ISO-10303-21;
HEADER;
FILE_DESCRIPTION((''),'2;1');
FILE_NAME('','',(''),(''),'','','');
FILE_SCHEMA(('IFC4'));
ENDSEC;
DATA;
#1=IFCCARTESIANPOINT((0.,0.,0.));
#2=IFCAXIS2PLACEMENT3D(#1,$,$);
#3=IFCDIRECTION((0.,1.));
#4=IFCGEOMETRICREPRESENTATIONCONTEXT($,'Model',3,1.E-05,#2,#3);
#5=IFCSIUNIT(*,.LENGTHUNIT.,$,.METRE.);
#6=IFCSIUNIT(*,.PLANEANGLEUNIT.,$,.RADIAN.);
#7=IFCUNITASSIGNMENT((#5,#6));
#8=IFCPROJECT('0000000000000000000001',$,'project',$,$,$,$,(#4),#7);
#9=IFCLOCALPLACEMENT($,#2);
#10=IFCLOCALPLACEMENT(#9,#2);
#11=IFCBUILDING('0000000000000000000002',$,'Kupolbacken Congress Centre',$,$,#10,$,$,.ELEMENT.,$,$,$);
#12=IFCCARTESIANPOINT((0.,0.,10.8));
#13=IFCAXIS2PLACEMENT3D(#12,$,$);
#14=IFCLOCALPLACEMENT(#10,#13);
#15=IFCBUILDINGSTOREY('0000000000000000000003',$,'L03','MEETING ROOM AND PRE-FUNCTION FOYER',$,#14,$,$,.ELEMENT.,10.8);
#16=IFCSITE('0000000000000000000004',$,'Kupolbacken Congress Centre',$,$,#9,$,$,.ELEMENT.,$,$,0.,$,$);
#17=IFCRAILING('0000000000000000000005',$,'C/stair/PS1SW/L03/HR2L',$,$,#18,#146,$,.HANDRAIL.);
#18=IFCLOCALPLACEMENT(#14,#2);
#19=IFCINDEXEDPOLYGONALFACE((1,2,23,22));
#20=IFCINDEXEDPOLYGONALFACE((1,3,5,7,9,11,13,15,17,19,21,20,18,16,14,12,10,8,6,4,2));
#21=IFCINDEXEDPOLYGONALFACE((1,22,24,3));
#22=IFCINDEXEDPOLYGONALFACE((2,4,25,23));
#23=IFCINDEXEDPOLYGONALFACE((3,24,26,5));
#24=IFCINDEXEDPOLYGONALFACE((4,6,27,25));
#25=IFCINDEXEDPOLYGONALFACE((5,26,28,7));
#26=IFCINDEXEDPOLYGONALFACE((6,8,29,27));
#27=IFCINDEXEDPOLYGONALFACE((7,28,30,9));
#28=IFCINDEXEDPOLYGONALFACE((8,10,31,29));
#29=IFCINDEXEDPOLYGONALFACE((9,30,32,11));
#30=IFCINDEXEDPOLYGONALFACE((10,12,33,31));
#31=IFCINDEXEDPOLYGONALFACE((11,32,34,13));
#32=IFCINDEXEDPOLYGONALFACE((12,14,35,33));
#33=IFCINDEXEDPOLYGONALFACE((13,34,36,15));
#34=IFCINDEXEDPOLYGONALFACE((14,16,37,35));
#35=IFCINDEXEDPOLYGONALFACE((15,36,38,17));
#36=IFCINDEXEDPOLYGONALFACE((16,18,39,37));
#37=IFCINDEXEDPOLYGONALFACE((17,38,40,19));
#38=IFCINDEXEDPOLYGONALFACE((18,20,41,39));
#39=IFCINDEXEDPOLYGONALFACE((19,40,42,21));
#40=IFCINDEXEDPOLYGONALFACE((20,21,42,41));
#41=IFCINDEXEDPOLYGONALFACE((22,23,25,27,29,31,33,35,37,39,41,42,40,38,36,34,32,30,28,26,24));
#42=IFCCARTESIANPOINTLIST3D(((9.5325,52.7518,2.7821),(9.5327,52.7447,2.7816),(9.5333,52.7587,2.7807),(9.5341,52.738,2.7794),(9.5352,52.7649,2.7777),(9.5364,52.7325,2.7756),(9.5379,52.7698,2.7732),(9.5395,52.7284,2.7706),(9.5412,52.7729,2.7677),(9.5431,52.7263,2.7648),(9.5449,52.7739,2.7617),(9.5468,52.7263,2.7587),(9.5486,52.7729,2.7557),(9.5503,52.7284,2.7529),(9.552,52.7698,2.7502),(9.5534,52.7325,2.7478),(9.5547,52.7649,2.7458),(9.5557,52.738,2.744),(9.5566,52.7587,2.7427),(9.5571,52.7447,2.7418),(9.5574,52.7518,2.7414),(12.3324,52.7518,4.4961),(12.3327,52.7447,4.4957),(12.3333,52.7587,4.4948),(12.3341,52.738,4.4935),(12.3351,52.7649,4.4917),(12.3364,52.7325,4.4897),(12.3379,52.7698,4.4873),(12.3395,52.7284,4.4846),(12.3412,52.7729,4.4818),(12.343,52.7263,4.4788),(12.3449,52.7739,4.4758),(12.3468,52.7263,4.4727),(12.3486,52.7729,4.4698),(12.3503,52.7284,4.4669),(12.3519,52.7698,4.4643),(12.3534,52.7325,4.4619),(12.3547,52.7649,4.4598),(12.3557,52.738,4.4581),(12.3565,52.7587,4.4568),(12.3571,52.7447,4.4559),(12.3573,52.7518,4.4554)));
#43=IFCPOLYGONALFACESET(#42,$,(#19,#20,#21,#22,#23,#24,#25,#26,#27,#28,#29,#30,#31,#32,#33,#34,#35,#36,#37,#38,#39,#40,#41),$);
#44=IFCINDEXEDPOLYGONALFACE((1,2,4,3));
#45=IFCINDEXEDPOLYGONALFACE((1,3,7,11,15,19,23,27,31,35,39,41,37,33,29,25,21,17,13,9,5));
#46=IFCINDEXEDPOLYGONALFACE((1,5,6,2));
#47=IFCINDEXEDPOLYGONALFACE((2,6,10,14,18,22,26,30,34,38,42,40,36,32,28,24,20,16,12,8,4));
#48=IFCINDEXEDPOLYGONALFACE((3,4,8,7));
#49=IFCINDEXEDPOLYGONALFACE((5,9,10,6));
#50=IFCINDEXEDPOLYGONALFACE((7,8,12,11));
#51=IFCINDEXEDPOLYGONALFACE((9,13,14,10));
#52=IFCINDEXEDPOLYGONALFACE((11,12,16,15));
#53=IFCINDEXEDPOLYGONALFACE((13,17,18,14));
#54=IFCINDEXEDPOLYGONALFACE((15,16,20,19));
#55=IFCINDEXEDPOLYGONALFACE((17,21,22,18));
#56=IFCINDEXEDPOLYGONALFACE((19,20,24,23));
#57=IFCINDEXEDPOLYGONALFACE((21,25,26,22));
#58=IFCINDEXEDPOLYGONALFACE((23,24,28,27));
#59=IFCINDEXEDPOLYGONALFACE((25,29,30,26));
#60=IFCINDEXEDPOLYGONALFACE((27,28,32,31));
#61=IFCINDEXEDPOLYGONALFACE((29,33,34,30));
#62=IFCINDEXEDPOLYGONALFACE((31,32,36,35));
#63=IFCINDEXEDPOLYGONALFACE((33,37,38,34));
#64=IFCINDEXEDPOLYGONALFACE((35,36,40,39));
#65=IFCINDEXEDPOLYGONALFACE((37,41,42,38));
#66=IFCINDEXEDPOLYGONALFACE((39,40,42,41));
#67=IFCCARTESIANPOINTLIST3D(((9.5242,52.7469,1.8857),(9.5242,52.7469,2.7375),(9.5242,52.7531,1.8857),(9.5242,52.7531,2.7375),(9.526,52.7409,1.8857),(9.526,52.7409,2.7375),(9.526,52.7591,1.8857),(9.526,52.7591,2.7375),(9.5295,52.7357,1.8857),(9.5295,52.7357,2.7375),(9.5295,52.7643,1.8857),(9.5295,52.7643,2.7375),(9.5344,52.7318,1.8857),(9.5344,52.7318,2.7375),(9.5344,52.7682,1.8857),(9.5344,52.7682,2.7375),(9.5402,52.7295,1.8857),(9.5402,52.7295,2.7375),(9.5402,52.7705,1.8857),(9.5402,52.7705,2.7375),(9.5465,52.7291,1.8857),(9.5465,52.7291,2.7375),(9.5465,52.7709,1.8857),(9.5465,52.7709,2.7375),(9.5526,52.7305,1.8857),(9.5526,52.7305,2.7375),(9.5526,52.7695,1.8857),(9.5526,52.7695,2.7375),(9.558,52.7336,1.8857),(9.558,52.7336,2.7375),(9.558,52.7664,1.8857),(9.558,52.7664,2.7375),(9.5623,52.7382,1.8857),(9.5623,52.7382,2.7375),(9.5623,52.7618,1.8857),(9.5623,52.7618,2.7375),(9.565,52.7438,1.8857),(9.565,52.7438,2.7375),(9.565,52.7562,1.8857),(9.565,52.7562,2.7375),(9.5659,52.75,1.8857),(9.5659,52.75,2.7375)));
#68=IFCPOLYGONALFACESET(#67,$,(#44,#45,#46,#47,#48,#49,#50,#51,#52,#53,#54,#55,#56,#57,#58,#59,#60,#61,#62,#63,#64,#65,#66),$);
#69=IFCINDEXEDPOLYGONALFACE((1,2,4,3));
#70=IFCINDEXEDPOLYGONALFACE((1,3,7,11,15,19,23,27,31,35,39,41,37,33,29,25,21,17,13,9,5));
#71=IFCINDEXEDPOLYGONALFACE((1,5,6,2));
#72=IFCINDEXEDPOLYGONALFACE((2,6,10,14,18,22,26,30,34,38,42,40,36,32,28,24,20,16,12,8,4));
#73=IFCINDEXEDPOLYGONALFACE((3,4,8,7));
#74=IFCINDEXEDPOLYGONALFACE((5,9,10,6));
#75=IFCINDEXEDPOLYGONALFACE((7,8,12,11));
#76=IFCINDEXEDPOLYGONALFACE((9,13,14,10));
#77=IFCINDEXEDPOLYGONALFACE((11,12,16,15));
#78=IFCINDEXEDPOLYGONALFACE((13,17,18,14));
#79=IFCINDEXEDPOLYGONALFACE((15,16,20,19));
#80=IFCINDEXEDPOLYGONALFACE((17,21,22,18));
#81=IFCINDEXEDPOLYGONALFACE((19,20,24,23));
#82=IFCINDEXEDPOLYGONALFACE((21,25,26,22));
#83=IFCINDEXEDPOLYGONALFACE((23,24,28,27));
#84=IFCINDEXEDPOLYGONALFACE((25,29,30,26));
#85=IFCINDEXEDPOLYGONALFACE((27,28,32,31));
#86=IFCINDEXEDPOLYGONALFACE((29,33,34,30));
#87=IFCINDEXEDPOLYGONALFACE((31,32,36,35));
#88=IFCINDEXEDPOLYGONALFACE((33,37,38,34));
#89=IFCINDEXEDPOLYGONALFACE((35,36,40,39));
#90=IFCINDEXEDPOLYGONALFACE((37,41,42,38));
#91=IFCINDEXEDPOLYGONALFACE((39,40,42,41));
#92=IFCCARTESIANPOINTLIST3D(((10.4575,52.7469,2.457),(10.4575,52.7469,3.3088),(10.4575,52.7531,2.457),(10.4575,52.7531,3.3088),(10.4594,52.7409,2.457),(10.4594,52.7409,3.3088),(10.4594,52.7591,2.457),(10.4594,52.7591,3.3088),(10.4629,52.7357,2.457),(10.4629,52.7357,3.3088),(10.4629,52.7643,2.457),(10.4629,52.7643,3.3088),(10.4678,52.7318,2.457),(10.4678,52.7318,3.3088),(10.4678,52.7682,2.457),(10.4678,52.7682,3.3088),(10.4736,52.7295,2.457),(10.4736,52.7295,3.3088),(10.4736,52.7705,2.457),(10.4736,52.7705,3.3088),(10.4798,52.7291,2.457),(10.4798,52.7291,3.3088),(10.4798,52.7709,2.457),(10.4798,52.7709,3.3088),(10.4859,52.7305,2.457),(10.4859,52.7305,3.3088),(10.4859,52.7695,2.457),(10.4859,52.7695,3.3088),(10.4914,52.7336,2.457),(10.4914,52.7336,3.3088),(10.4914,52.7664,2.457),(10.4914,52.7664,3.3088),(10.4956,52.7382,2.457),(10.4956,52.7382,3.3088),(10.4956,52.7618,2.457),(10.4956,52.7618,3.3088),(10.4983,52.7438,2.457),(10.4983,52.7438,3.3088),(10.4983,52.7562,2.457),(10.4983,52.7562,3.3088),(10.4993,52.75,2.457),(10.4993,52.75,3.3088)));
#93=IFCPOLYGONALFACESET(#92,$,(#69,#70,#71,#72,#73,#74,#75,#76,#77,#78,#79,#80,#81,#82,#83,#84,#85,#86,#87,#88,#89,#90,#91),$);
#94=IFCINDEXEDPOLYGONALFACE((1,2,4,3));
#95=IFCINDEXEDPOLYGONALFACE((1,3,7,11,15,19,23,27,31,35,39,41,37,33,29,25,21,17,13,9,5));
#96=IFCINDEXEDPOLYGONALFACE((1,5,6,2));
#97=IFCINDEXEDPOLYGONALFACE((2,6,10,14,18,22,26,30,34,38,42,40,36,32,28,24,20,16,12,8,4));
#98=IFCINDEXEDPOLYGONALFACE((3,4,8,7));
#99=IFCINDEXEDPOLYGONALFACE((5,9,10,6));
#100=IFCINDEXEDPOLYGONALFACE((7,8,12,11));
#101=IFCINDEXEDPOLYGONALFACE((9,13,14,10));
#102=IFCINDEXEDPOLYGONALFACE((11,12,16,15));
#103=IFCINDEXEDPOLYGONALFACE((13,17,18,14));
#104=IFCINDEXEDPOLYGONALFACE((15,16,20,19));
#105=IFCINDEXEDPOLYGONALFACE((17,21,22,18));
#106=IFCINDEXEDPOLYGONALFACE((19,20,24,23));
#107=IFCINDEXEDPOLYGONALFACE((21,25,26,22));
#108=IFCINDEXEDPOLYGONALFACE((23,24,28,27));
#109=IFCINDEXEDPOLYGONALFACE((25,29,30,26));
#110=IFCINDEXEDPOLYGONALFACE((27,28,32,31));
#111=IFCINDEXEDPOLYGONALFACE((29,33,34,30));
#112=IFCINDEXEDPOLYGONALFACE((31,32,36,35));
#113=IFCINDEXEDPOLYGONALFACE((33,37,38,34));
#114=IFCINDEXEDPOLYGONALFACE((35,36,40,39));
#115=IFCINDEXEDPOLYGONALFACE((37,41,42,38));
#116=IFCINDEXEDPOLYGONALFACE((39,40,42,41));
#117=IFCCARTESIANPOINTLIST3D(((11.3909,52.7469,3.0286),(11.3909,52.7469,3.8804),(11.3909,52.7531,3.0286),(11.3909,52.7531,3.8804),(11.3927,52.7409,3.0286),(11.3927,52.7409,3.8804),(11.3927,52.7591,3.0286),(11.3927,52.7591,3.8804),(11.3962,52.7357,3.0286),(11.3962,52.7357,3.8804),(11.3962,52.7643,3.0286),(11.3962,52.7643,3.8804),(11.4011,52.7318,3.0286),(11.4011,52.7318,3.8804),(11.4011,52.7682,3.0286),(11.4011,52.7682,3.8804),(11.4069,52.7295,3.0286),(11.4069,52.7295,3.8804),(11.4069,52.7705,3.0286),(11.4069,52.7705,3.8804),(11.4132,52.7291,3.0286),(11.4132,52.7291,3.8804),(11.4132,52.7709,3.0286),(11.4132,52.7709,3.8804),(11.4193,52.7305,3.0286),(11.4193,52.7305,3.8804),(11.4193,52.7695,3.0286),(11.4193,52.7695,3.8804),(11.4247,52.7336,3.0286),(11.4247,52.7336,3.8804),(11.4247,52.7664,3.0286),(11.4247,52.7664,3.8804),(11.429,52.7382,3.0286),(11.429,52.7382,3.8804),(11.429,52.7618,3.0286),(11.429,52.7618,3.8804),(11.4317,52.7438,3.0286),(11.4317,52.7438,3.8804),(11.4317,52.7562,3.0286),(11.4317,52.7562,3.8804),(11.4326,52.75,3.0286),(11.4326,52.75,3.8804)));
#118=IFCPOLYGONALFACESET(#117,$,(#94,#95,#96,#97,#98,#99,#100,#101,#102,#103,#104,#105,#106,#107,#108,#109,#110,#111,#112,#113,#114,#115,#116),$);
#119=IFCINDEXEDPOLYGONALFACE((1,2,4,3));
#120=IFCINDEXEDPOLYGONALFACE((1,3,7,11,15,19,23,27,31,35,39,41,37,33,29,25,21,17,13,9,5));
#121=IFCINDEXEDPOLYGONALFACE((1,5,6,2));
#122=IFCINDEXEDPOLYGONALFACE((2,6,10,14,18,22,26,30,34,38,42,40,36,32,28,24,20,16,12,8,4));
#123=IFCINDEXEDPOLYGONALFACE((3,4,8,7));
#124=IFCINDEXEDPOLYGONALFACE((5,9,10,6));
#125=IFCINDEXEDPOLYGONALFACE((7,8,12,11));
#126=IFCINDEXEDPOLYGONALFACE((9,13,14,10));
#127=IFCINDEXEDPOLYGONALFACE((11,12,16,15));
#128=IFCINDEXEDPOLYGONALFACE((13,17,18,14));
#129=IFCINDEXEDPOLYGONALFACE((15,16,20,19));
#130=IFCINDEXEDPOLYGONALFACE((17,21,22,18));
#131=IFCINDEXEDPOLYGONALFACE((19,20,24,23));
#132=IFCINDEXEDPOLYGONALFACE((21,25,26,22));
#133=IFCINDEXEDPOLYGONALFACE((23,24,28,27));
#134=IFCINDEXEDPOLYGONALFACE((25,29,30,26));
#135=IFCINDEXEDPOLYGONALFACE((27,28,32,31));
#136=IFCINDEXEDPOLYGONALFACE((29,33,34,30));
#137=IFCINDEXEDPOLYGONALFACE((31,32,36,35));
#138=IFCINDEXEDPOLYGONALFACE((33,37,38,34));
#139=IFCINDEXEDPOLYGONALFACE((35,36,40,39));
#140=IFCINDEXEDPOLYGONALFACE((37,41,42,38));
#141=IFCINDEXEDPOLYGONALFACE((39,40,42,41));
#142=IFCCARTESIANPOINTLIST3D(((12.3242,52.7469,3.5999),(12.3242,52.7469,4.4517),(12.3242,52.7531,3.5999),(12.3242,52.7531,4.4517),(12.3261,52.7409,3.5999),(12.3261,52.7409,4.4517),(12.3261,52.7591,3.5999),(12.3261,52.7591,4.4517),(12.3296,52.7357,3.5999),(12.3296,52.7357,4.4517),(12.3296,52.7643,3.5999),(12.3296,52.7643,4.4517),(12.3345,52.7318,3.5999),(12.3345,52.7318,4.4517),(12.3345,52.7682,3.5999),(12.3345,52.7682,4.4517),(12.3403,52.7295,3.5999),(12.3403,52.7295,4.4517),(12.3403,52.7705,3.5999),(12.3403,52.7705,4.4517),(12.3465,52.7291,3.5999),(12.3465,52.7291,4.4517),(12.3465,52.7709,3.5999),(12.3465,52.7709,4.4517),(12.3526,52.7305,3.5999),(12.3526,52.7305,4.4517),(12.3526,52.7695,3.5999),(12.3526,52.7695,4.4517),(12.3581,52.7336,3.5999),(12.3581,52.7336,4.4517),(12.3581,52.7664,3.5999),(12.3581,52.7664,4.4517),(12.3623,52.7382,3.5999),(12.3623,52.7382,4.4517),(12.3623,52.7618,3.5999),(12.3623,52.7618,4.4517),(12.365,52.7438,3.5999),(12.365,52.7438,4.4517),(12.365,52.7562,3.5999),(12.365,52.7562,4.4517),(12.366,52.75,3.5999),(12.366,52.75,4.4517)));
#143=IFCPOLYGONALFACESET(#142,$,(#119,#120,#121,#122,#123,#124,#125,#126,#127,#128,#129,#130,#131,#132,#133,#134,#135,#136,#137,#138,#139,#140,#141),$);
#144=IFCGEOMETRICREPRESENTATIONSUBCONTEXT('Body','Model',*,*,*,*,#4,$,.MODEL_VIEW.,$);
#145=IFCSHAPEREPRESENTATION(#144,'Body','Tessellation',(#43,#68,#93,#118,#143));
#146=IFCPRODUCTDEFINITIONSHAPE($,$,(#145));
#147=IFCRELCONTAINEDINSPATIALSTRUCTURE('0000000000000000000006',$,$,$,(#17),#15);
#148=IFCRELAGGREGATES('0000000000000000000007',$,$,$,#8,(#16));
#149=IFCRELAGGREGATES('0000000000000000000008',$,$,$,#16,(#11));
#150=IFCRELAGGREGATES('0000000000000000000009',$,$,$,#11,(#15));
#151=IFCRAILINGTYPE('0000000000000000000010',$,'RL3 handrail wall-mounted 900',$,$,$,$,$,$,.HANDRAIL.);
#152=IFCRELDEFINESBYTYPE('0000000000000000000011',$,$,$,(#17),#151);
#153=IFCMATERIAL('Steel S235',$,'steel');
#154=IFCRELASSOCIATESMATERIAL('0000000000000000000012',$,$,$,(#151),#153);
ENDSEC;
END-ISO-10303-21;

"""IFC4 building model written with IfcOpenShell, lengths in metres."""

from ifc_helpers import new_model, si_unit, direction, frame, origin, origin_2d, place, context, subcontext, project, spatial, circle, extrude, material, type_object, element, save


model = new_model("IFC4")

# Units and contexts
model_context = context("Model", 3, precision=1e-05, world=origin(), true_north=direction((0.0, 1.0)))
body_context = subcontext(model_context, "Body", "Model", "MODEL_VIEW")
ifc_project = project(units=[si_unit("LENGTHUNIT", "METRE"), si_unit("PLANEANGLEUNIT", "RADIAN")], contexts=[model_context])

# Site, building, storey
site_placement = place(None, origin())
site = spatial("IfcSite", under=ifc_project, at=site_placement, Name="Kupolbacken Congress Centre", CompositionType="ELEMENT", RefElevation=0.0)
building_placement = place(site_placement, origin())
building = spatial("IfcBuilding", under=site, at=building_placement, Name="Kupolbacken Congress Centre", CompositionType="ELEMENT")
storey_placement = place(building_placement, frame((0.0, 0.0, 10.8)))
storey = spatial("IfcBuildingStorey", under=building, at=storey_placement, Name="L03", Description="MEETING ROOM AND PRE-FUNCTION FOYER", CompositionType="ELEMENT", Elevation=10.8)

# Railing
ifc_material_1 = material(Name="Steel S235", Category="steel")
railing_type = type_object("IfcRailingType", Name="RL3 handrail wall-mounted 900", PredefinedType="HANDRAIL", material=ifc_material_1)
for number, where, name in (
    (1, (9.5449, 52.75, 1.8857), "C/stair/PS1SW/L03/HR2L"),
):
    element("IfcRailing", number, at=place(storey_placement, frame(where)), inside=storey, type_object=railing_type, Name=name, PredefinedType="HANDRAIL", context=body_context, shape_type="SweptSolid", body=[
        extrude(circle(Radius=0.0239, at=origin_2d()), frame((0.0, 0.0, 0.876), z_axis=(0.852879, 0.0, 0.522109), x_axis=(0.0, 1.0, 0.0)), (0.0, 0.0, 1.0), 3.283),
        extrude(circle(Radius=0.021, at=origin_2d()), origin(), (0.0, 0.0, 1.0), 0.8518),
        extrude(circle(Radius=0.021, at=origin_2d()), frame((0.9333, 0.0, 0.5713)), (0.0, 0.0, 1.0), 0.8518),
        extrude(circle(Radius=0.021, at=origin_2d()), frame((1.8667, 0.0, 1.1428)), (0.0, 0.0, 1.0), 0.8518),
        extrude(circle(Radius=0.021, at=origin_2d()), frame((2.8, 0.0, 1.7141)), (0.0, 0.0, 1.0), 0.8518),
    ])

save(model, "model.ifc")
